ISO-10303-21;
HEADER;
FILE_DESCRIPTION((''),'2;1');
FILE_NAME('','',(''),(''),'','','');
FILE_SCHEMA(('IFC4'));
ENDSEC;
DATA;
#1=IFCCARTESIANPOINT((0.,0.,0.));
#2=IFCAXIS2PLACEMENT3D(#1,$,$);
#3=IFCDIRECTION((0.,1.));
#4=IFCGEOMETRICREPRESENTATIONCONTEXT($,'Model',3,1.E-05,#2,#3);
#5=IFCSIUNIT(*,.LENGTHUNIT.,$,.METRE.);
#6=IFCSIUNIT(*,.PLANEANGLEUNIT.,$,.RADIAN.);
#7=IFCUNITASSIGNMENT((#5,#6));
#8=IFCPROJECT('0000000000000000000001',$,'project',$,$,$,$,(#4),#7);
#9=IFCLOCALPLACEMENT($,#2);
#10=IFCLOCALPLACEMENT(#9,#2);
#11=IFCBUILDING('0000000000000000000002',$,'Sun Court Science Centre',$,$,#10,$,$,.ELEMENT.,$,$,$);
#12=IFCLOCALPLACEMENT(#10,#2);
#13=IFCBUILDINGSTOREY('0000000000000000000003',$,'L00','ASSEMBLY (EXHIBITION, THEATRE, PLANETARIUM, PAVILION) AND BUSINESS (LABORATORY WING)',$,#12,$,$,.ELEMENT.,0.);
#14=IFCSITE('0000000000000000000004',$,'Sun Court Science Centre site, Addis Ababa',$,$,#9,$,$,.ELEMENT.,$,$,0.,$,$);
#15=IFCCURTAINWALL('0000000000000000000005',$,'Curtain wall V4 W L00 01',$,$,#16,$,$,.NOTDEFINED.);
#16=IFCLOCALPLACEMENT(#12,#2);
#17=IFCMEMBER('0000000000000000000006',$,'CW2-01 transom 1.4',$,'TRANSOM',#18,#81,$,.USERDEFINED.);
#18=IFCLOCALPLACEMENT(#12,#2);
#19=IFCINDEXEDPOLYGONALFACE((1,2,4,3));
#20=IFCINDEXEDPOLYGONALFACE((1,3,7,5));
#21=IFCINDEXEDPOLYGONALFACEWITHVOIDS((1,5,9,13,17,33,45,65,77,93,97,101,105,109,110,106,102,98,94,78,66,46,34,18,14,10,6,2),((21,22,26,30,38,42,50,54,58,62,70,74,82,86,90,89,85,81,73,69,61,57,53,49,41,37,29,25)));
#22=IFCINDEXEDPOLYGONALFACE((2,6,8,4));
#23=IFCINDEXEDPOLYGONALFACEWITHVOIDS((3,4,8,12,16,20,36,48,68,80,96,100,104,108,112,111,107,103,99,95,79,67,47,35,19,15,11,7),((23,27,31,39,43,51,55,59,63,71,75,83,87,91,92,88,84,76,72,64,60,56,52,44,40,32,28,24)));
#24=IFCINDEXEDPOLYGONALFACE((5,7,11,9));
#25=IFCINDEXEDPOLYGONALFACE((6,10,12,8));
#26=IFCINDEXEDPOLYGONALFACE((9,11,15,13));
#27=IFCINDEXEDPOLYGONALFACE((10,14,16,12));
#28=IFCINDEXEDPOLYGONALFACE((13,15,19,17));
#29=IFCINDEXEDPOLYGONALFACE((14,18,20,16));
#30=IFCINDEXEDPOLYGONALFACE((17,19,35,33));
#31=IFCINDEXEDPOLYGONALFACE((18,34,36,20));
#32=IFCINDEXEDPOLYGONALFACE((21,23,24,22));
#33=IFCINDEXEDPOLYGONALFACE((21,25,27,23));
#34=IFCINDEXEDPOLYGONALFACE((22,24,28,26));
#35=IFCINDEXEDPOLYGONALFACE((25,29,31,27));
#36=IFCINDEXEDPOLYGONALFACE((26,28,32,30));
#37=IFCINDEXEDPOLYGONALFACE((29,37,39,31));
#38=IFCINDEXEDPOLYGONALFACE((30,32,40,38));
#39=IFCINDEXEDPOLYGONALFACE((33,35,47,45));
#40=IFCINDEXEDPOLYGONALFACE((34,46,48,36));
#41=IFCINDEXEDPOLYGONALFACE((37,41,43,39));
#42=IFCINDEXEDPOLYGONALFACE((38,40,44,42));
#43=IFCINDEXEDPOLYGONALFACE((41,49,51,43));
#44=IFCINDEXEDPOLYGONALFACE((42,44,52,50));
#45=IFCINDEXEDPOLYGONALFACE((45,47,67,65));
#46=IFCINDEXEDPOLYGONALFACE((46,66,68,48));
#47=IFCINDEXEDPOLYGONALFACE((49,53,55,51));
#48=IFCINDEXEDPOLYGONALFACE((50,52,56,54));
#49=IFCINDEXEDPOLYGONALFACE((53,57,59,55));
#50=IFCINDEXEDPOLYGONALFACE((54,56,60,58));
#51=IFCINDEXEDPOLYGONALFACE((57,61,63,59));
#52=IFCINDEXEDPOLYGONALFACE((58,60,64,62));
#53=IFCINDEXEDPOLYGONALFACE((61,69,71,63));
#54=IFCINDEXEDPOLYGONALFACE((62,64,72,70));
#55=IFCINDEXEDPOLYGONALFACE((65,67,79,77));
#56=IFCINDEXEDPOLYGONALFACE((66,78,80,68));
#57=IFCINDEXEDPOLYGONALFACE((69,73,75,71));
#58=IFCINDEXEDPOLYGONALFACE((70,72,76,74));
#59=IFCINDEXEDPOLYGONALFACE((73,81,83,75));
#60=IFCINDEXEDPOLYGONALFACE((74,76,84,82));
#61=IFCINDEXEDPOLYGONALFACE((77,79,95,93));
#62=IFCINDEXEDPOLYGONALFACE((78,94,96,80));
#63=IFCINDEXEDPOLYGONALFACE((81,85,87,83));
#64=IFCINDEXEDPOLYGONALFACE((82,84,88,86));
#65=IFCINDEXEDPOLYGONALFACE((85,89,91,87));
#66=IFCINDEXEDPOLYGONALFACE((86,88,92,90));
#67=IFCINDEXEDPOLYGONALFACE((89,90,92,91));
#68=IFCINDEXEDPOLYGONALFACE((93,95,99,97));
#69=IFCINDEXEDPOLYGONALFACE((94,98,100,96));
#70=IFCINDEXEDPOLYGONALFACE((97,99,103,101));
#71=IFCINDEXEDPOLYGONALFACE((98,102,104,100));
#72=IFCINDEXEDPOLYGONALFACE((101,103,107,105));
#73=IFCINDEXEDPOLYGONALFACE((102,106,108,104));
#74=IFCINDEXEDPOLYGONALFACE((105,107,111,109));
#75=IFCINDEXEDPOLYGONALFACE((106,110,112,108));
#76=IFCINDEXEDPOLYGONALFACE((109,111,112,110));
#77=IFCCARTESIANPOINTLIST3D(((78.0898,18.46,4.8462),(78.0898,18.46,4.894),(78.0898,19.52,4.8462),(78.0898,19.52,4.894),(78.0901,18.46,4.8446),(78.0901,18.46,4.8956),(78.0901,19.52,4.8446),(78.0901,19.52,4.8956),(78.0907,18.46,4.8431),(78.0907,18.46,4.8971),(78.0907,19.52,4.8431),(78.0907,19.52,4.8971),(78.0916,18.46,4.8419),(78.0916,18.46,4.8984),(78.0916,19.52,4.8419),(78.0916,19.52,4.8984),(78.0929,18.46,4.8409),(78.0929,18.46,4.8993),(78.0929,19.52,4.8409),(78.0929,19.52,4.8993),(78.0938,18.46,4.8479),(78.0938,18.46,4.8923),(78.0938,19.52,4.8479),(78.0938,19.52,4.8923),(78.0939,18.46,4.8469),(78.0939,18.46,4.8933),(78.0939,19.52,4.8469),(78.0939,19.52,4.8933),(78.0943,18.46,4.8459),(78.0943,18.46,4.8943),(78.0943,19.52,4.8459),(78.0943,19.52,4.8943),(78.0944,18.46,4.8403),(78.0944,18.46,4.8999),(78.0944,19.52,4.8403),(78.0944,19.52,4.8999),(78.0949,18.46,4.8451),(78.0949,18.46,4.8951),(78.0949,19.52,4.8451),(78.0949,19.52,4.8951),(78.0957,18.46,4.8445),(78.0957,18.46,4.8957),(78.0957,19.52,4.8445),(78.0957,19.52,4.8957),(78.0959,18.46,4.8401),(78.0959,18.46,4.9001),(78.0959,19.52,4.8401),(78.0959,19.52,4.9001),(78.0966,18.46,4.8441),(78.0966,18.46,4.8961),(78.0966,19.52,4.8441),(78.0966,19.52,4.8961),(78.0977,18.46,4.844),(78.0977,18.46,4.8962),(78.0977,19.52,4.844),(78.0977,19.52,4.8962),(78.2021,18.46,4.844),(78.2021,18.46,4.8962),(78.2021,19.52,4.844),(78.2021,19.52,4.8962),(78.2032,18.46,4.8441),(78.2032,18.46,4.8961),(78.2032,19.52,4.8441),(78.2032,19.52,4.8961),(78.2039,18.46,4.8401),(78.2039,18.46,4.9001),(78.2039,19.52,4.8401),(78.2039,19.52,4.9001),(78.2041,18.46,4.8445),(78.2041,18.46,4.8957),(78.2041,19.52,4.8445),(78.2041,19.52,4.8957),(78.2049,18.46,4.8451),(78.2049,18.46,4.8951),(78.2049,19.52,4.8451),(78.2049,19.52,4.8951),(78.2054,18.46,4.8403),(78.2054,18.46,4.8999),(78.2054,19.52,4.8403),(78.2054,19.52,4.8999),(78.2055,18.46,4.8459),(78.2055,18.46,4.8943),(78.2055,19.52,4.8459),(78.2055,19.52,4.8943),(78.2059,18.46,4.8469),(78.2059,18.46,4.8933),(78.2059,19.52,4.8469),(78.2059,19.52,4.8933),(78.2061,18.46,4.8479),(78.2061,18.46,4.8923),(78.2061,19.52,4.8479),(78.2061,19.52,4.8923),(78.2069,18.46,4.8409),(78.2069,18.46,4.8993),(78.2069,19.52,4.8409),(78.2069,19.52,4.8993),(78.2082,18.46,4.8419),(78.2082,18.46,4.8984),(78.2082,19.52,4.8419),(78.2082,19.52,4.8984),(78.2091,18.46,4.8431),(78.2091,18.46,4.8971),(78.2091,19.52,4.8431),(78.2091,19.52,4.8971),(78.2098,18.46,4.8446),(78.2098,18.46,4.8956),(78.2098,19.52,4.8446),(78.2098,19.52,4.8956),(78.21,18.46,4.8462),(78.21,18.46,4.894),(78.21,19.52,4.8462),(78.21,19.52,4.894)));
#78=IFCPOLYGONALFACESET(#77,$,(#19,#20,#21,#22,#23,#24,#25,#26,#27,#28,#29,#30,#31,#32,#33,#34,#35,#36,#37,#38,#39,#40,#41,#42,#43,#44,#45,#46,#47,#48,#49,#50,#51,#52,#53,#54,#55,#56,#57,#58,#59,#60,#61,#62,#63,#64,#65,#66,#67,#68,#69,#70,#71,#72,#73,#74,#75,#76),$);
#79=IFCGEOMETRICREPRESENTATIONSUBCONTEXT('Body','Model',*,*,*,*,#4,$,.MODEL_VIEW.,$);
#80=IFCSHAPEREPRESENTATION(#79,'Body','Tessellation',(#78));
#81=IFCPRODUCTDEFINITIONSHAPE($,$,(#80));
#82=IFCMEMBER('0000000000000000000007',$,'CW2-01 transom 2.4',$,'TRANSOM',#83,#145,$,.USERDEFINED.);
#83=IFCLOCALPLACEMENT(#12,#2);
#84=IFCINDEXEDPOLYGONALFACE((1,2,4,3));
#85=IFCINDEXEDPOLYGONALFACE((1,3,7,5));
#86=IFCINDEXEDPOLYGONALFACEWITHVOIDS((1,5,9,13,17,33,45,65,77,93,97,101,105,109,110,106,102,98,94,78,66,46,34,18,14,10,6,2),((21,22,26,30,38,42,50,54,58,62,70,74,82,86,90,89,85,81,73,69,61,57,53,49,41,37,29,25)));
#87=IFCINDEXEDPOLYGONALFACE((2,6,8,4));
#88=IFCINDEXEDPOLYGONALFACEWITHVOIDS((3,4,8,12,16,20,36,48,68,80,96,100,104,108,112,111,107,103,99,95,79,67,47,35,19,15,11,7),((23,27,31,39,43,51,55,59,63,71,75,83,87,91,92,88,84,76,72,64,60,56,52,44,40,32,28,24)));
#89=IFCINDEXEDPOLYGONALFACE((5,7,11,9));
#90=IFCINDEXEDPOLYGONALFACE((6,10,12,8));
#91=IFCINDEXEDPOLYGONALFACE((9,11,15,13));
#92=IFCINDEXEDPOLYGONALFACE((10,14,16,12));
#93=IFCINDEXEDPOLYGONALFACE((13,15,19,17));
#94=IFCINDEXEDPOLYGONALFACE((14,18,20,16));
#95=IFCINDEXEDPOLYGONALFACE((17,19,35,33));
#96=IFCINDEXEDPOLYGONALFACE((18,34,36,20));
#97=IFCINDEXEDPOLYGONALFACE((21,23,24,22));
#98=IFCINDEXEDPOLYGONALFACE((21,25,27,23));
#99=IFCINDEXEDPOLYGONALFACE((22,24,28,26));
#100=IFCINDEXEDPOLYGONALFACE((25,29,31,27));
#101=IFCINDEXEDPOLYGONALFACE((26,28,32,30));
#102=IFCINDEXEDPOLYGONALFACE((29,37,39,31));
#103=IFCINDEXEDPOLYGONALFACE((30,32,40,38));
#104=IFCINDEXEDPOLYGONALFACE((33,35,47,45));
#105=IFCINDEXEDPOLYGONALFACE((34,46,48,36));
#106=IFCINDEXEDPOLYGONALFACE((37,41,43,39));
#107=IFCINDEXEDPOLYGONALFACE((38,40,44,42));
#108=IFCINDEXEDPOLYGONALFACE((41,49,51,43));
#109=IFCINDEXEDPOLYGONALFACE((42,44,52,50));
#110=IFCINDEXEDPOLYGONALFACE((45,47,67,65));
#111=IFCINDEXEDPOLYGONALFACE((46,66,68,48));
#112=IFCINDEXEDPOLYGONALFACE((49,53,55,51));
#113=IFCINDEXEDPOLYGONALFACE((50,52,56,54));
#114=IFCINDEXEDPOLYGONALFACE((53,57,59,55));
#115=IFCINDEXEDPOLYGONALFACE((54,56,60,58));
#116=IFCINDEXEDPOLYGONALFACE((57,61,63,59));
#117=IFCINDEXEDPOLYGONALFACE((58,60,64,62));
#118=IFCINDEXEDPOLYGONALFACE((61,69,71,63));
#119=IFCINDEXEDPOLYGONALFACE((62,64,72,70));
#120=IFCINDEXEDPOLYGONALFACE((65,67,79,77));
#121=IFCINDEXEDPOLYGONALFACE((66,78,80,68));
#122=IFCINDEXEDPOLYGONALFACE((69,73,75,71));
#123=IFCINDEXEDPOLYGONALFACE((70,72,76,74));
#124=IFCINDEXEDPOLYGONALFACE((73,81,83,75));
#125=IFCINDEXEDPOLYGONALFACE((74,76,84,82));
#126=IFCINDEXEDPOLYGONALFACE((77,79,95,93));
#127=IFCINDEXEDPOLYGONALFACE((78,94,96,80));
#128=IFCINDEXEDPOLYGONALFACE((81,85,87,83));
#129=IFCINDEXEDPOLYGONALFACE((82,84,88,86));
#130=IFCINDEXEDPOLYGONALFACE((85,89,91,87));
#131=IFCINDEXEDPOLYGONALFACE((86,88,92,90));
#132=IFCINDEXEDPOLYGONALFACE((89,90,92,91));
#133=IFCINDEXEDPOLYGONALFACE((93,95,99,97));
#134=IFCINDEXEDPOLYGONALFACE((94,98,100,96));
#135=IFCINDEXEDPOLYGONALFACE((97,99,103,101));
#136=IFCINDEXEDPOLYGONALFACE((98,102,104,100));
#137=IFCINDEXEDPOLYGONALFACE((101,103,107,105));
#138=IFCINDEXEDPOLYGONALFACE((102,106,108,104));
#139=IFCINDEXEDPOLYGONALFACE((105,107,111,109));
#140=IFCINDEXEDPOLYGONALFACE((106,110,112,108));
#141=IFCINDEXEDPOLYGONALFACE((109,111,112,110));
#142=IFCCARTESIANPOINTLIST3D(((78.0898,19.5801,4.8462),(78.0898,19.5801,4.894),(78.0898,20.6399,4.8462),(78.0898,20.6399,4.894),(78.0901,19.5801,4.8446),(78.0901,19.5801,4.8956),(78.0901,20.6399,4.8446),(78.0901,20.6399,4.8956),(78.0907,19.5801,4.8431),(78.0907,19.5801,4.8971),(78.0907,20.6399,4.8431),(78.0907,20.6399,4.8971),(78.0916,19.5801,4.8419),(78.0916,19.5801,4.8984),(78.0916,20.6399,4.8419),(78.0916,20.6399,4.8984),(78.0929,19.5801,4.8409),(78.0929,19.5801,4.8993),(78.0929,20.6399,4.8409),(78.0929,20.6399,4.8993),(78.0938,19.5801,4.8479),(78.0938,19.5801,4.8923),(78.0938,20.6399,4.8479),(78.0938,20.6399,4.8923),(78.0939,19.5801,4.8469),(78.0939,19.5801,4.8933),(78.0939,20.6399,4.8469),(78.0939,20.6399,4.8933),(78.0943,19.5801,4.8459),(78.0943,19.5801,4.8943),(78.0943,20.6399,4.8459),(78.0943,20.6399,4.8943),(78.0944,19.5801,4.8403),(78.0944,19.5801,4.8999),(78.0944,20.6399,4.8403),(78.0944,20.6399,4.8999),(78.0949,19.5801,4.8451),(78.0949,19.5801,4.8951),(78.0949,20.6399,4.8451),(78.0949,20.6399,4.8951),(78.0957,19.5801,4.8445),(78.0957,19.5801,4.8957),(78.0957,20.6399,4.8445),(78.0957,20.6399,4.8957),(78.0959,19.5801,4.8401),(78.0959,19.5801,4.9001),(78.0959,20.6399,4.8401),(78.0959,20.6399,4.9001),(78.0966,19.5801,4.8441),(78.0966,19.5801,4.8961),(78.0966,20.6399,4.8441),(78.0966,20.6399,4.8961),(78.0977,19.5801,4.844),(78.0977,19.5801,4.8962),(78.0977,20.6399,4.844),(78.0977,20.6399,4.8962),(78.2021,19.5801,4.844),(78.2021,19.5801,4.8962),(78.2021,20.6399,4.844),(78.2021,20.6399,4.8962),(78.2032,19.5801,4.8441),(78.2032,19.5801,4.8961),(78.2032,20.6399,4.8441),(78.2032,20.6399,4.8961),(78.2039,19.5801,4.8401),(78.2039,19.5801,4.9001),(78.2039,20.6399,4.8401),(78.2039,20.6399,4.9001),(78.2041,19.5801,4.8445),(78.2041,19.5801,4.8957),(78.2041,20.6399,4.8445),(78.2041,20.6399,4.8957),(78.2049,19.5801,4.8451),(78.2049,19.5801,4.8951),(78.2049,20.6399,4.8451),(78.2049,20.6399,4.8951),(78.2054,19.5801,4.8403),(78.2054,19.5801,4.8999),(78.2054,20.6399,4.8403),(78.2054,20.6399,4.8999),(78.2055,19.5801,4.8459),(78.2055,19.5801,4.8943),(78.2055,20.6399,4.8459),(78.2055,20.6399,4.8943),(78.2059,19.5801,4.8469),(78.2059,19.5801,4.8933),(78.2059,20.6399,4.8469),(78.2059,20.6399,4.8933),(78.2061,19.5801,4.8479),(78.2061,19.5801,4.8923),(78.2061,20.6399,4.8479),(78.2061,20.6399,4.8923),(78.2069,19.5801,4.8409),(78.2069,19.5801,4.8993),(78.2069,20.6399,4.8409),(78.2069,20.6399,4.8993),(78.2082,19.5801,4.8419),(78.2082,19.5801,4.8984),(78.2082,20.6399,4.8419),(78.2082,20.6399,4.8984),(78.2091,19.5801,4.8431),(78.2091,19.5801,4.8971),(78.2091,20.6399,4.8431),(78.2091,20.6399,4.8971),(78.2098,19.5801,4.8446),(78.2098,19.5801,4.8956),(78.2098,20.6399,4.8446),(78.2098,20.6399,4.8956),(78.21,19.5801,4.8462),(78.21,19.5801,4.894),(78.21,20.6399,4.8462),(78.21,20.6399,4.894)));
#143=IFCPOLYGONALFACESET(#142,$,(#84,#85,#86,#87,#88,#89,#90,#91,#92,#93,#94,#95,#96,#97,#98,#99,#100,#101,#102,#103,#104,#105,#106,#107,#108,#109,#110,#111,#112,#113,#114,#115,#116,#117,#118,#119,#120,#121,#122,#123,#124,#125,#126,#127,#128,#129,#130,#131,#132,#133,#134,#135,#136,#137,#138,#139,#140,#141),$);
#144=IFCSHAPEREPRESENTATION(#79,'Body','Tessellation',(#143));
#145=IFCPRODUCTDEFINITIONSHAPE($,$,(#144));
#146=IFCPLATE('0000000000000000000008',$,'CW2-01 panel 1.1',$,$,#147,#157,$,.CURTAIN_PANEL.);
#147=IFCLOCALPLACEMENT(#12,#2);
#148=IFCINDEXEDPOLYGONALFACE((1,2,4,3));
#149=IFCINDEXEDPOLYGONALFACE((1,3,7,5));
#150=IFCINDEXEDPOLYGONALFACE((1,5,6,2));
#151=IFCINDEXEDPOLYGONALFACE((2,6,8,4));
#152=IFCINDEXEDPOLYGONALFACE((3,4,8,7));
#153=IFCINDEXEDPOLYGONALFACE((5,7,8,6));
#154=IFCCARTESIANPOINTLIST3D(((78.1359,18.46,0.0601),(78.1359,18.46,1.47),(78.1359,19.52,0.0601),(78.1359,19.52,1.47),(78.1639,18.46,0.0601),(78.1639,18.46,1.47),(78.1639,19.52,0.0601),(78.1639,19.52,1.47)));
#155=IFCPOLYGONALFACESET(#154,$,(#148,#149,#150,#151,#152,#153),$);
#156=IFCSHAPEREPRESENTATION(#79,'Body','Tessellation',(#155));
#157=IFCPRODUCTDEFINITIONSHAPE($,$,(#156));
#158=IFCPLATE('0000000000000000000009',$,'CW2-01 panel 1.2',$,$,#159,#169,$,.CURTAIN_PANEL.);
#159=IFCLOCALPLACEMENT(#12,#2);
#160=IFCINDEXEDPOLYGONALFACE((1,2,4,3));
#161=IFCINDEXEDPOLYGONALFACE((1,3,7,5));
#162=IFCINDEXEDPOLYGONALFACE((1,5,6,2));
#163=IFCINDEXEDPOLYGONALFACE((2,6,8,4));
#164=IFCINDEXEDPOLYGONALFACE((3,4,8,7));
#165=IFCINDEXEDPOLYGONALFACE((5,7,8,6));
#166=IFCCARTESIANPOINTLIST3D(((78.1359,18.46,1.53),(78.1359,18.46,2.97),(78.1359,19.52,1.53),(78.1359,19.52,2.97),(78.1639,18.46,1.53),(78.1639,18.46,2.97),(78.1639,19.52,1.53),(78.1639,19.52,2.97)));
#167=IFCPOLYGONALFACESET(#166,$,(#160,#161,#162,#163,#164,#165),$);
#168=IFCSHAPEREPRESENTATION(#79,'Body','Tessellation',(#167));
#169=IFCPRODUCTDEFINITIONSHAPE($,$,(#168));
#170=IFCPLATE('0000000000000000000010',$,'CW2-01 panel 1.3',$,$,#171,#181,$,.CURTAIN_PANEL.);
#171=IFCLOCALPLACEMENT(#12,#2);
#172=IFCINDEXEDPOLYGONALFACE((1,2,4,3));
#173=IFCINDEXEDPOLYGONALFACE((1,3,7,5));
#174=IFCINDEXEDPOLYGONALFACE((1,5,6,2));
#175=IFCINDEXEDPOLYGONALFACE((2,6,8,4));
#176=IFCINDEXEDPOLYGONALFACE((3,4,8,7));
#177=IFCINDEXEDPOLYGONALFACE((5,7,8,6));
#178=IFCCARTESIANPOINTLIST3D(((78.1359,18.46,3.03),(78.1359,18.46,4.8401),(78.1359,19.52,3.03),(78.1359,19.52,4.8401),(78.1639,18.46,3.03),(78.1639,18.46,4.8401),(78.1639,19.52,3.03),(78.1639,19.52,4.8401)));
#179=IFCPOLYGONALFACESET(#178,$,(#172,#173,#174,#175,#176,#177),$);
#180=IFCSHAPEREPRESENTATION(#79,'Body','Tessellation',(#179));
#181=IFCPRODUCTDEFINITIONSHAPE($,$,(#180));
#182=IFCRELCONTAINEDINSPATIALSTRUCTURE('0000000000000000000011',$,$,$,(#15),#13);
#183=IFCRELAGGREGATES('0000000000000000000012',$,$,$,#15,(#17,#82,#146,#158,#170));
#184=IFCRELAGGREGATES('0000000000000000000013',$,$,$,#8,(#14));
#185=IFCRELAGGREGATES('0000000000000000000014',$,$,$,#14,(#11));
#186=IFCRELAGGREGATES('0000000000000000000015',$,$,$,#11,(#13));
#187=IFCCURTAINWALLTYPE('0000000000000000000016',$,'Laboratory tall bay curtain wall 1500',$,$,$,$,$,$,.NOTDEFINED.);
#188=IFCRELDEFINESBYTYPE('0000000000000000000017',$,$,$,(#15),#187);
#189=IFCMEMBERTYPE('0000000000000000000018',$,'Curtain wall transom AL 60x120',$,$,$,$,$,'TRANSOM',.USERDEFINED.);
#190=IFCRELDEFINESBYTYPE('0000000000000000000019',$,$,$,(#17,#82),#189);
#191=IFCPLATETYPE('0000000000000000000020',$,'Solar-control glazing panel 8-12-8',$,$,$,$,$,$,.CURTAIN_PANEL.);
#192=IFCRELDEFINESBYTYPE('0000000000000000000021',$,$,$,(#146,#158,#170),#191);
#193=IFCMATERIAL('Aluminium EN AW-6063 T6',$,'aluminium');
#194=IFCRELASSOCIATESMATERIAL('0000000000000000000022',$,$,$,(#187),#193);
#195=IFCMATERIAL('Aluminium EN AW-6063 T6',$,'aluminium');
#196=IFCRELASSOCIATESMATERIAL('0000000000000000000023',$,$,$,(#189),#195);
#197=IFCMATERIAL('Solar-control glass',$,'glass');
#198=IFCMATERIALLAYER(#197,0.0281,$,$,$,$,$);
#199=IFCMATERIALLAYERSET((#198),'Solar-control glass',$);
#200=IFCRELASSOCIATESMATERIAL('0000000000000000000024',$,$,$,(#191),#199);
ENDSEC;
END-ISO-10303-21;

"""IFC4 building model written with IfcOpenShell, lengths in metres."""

from ifc_helpers import new_model, si_unit, direction, frame, origin, origin_2d, place, context, subcontext, project, spatial, rectangle, hollow_rectangle, extrude, material, layer, layer_set, material_profile, profile_set, type_object, element, aggregate, save


model = new_model("IFC4")

# Units and contexts
model_context = context("Model", 3, precision=1e-05, world=origin(), true_north=direction((0.0, 1.0)))
body_context = subcontext(model_context, "Body", "Model", "MODEL_VIEW")
ifc_project = project(units=[si_unit("LENGTHUNIT", "METRE"), si_unit("PLANEANGLEUNIT", "RADIAN")], contexts=[model_context])

# Site, building, storey
site_placement = place(None, origin())
site = spatial("IfcSite", under=ifc_project, at=site_placement, Name="Sun Court Science Centre site, Addis Ababa", CompositionType="ELEMENT", RefElevation=0.0)
building_placement = place(site_placement, origin())
building = spatial("IfcBuilding", under=site, at=building_placement, Name="Sun Court Science Centre", CompositionType="ELEMENT")
storey_placement = place(building_placement, origin())
storey = spatial("IfcBuildingStorey", under=building, at=storey_placement, Name="L00", Description="ASSEMBLY (EXHIBITION, THEATRE, PLANETARIUM, PAVILION) AND BUSINESS (LABORATORY WING)", CompositionType="ELEMENT", Elevation=0.0)

# Curtain wall, members, plates
ifc_material_1 = material(Name="Aluminium EN AW-6063 T6", Category="aluminium")
curtain_wall_type = type_object("IfcCurtainWallType", Name="Laboratory tall bay curtain wall 1500", PredefinedType="NOTDEFINED", material=ifc_material_1)
curtain_wall_placement = place(storey_placement, origin())
curtain_wall = element("IfcCurtainWall", 1, at=curtain_wall_placement, inside=storey, type_object=curtain_wall_type, Name="Curtain wall V4 W L00 01", PredefinedType="NOTDEFINED")
ifc_material_2 = material(Name="Aluminium EN AW-6063 T6", Category="aluminium")
ifc_material_profile_1 = material_profile(ifc_material_2, hollow_rectangle(XDim=0.0601, YDim=0.1201, WallThickness=0.0039, InnerFilletRadius=0.0039, OuterFilletRadius=0.0061, at=origin_2d()), Name="AL 60x120x4")
ifc_profile_set_1 = profile_set([ifc_material_profile_1], Name="Aluminium EN AW-6063 T6")
member_type_1 = type_object("IfcMemberType", Name="Curtain wall transom AL 60x120", ElementType="TRANSOM", PredefinedType="USERDEFINED", material=ifc_profile_set_1)
member_1_placement = place(storey_placement, frame((78.1499, 18.46, 4.8701), z_axis=(0.0, 1.0, 0.0), x_axis=(0.0, 0.0, 1.0)))
member_1 = element("IfcMember", 2, at=member_1_placement, type_object=member_type_1, Name="CW2-01 transom 1.4", ObjectType="TRANSOM", PredefinedType="USERDEFINED", context=body_context, shape_type="SweptSolid", body=[
    extrude(hollow_rectangle(XDim=0.0601, YDim=0.1201, WallThickness=0.0039, InnerFilletRadius=0.0039, OuterFilletRadius=0.0061, at=origin_2d()), origin(), (0.0, 0.0, 1.0), 1.0601),
])
member_2_placement = place(storey_placement, frame((78.1499, 19.5801, 4.8701), z_axis=(0.0, 1.0, 0.0), x_axis=(0.0, 0.0, 1.0)))
member_2 = element("IfcMember", 3, at=member_2_placement, type_object=member_type_1, Name="CW2-01 transom 2.4", ObjectType="TRANSOM", PredefinedType="USERDEFINED", context=body_context, shape_type="SweptSolid", body=[
    extrude(hollow_rectangle(XDim=0.0601, YDim=0.1201, WallThickness=0.0039, InnerFilletRadius=0.0039, OuterFilletRadius=0.0061, at=origin_2d()), origin(), (0.0, 0.0, 1.0), 1.0598),
])
ifc_material_3 = material(Name="Solar-control glass", Category="glass")
ifc_layer_1 = layer(ifc_material_3, 0.0281)
ifc_layer_set_1 = layer_set([ifc_layer_1], Name="Solar-control glass")
plate_type = type_object("IfcPlateType", Name="Solar-control glazing panel 8-12-8", PredefinedType="CURTAIN_PANEL", material=ifc_layer_set_1)
plate_1_placement = place(storey_placement, frame((78.1499, 18.99, 0.0601), z_axis=(0.0, 0.0, 1.0), x_axis=(0.0, 1.0, 0.0)))
plate_1 = element("IfcPlate", 4, at=plate_1_placement, type_object=plate_type, Name="CW2-01 panel 1.1", PredefinedType="CURTAIN_PANEL", context=body_context, shape_type="SweptSolid", body=[
    extrude(rectangle(XDim=1.0601, YDim=0.0281, at=origin_2d()), origin(), (0.0, 0.0, 1.0), 1.4099),
])
plate_2_placement = place(storey_placement, frame((78.1499, 18.99, 1.53), z_axis=(0.0, 0.0, 1.0), x_axis=(0.0, 1.0, 0.0)))
plate_2 = element("IfcPlate", 5, at=plate_2_placement, type_object=plate_type, Name="CW2-01 panel 1.2", PredefinedType="CURTAIN_PANEL", context=body_context, shape_type="SweptSolid", body=[
    extrude(rectangle(XDim=1.0601, YDim=0.0281, at=origin_2d()), origin(), (0.0, 0.0, 1.0), 1.4399),
])
plate_3_placement = place(storey_placement, frame((78.1499, 18.99, 3.03), z_axis=(0.0, 0.0, 1.0), x_axis=(0.0, 1.0, 0.0)))
plate_3 = element("IfcPlate", 6, at=plate_3_placement, type_object=plate_type, Name="CW2-01 panel 1.3", PredefinedType="CURTAIN_PANEL", context=body_context, shape_type="SweptSolid", body=[
    extrude(rectangle(XDim=1.0601, YDim=0.0281, at=origin_2d()), origin(), (0.0, 0.0, 1.0), 1.8101),
])
aggregate(curtain_wall, [member_1, member_2, plate_1, plate_2, plate_3])

save(model, "model.ifc")
